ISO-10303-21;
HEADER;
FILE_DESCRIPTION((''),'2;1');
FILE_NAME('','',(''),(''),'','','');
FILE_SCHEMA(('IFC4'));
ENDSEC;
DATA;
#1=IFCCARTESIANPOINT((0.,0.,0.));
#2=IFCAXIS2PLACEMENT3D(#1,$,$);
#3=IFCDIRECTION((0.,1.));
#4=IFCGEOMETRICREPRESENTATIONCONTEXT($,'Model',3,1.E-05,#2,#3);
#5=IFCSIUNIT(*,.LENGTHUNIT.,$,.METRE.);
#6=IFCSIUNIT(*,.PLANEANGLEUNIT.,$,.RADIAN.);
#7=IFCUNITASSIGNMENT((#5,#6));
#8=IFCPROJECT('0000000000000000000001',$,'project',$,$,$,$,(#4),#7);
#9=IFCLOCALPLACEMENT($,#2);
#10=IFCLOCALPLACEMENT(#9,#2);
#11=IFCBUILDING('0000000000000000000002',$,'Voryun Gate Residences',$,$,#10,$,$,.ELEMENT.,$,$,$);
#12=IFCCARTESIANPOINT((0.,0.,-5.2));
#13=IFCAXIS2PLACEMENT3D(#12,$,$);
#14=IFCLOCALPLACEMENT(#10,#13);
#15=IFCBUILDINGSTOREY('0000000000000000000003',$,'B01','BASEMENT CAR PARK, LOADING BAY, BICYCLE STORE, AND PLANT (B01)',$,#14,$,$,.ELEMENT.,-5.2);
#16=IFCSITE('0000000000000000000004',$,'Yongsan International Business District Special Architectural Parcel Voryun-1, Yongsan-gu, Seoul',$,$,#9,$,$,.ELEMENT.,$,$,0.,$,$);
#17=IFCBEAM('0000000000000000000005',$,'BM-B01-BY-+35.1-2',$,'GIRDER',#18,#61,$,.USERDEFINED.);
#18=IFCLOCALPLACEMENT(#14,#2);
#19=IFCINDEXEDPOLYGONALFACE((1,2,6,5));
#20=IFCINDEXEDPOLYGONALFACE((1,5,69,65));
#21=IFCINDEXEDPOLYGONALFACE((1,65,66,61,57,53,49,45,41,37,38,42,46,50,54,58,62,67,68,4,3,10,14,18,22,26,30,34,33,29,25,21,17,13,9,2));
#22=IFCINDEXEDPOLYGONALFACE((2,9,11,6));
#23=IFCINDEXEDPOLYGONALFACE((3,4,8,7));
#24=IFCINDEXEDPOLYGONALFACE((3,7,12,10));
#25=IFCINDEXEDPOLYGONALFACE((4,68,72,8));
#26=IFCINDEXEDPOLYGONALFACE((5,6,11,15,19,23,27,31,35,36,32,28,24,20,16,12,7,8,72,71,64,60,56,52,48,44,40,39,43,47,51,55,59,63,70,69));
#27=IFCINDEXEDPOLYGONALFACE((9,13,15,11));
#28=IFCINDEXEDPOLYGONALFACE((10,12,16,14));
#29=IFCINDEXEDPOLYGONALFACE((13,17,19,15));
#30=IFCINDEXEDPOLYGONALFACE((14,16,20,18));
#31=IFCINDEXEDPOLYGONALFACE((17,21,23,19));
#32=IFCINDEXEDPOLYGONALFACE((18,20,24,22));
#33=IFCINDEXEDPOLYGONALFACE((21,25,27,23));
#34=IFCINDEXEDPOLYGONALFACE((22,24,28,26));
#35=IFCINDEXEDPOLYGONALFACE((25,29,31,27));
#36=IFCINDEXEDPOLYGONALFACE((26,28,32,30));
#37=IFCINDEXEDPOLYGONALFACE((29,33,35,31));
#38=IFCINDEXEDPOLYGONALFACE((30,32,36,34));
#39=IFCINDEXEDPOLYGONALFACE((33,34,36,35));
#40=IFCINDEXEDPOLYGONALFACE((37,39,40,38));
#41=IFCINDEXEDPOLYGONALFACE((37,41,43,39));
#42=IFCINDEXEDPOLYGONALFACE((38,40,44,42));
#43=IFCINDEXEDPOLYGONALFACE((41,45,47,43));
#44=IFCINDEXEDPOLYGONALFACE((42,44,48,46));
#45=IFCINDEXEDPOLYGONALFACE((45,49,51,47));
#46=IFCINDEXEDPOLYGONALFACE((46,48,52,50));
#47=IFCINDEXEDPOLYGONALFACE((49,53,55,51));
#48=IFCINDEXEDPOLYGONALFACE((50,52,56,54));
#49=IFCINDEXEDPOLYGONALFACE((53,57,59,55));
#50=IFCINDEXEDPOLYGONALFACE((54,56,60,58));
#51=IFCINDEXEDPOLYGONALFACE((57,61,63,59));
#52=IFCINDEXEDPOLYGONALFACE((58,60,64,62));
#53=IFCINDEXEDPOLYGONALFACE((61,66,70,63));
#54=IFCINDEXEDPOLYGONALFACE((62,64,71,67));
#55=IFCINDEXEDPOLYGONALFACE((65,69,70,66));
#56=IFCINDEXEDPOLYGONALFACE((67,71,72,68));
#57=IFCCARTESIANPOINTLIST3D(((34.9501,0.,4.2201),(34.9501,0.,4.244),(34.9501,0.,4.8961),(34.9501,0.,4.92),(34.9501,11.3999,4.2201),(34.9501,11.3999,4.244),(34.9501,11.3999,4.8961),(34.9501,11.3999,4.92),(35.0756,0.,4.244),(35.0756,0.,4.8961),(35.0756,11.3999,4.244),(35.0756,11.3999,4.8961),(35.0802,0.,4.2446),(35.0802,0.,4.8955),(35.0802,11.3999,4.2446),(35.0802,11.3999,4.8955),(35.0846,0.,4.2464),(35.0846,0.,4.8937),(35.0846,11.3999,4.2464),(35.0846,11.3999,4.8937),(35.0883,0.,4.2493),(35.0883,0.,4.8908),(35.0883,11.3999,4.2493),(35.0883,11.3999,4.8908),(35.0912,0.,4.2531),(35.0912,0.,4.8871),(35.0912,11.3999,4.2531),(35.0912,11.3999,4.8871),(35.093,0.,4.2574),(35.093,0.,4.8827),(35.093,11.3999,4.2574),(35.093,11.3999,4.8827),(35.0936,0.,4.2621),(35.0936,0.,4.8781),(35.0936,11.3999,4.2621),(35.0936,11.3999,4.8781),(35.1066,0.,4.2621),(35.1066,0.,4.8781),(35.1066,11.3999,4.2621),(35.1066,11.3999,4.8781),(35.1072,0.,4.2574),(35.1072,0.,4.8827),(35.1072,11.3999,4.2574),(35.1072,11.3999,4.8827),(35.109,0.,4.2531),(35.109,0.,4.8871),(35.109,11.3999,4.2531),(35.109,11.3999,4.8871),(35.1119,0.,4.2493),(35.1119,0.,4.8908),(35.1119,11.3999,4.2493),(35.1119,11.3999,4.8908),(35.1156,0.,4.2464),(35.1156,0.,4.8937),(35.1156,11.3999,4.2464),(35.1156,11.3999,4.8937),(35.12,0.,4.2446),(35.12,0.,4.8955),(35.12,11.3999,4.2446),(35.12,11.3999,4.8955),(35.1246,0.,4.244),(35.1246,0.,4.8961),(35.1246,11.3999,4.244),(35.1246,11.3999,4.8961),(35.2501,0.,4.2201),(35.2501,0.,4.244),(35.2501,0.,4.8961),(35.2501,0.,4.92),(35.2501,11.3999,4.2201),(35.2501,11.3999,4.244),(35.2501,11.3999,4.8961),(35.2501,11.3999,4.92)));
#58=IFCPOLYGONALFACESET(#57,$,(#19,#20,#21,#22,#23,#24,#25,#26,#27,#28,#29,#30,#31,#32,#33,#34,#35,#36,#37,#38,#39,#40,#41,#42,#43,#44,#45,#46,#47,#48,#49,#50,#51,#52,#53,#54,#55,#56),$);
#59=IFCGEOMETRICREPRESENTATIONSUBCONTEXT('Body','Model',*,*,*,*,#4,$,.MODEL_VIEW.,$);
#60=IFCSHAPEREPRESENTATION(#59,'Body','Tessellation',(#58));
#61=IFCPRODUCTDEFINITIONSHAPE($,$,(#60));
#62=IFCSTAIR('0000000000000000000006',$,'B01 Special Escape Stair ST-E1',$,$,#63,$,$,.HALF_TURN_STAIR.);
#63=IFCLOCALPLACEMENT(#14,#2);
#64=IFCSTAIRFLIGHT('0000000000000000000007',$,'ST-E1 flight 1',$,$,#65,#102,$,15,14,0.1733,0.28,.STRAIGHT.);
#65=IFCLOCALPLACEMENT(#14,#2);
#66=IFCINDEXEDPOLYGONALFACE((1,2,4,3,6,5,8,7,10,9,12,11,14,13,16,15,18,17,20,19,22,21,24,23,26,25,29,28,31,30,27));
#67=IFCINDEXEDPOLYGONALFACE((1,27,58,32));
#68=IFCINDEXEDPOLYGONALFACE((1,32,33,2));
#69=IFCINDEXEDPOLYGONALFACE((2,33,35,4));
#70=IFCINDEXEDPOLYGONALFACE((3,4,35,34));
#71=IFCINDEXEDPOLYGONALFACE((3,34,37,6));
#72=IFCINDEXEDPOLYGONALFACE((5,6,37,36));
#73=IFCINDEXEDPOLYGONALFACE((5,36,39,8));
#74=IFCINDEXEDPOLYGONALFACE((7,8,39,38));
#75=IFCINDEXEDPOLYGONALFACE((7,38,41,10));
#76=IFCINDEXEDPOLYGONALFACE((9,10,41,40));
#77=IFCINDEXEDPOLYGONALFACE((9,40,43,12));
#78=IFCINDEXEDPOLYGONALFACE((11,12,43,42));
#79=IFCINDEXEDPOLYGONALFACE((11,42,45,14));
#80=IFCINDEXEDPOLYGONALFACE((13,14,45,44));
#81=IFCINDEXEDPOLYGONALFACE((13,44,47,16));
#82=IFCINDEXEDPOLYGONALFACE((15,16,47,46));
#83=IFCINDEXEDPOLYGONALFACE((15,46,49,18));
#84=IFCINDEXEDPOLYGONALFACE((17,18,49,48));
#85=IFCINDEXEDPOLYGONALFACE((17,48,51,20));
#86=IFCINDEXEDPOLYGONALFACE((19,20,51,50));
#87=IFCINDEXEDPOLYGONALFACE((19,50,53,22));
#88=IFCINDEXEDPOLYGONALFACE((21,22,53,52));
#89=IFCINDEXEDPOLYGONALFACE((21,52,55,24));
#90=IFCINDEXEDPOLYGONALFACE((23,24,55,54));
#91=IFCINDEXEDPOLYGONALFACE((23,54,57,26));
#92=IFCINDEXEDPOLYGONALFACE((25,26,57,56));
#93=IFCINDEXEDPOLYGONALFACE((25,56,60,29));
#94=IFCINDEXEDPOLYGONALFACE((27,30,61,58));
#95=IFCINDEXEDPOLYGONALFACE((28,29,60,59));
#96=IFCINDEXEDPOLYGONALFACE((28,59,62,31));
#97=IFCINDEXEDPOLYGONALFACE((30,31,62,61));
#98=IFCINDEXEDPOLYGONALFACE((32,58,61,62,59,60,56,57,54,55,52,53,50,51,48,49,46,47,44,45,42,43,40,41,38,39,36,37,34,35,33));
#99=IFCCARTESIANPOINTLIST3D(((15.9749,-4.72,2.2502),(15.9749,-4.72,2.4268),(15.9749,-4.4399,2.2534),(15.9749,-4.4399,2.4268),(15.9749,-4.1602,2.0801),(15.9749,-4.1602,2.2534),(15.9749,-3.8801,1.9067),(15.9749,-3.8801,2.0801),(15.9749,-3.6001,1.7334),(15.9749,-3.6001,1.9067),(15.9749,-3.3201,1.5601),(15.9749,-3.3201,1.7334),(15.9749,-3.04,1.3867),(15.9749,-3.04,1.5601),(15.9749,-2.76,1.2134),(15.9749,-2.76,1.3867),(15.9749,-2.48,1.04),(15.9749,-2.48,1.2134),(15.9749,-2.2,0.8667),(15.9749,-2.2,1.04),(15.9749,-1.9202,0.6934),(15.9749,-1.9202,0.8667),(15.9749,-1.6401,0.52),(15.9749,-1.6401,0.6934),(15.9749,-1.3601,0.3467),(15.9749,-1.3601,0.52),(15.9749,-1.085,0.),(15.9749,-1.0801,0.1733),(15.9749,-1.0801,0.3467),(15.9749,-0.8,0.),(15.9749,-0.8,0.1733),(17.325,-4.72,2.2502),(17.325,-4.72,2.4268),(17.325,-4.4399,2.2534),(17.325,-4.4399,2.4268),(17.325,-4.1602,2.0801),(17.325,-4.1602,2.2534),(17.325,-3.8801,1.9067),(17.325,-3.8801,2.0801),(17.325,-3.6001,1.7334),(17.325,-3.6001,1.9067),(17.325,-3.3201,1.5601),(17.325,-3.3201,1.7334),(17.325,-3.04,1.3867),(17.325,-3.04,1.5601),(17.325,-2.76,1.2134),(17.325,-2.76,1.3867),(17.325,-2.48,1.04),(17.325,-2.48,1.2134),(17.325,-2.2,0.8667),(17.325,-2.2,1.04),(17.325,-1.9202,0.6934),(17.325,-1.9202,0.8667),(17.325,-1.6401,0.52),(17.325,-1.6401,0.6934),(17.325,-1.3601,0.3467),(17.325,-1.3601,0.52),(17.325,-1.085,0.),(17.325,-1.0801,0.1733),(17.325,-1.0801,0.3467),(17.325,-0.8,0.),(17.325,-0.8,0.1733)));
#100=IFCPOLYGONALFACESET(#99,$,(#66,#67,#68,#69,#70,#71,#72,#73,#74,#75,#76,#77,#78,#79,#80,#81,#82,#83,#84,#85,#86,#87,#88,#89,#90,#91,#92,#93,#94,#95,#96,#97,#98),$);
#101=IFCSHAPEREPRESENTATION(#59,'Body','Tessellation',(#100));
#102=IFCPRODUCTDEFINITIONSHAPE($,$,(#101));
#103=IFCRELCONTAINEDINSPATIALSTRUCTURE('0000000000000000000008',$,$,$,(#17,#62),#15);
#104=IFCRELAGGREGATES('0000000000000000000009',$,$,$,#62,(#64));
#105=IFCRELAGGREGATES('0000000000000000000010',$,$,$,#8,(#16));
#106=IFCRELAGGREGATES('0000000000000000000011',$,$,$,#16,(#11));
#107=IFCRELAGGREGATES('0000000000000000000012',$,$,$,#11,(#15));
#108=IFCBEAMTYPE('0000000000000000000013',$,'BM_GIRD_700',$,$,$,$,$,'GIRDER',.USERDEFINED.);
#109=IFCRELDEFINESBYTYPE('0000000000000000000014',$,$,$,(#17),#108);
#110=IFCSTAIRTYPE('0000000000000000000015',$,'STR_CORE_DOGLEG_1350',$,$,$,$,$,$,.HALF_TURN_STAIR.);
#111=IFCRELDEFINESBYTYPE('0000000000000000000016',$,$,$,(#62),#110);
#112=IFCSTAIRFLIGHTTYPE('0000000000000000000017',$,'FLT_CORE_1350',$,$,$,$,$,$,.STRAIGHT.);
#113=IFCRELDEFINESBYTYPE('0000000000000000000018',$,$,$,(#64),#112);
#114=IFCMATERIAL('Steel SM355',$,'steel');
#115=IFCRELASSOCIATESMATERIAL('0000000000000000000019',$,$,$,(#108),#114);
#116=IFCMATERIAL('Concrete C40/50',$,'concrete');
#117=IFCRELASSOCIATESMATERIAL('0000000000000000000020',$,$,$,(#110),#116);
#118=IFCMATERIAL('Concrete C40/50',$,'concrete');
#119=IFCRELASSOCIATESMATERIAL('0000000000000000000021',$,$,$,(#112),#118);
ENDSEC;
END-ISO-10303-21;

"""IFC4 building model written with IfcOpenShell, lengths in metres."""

from ifc_helpers import new_model, si_unit, direction, frame, origin, origin_2d, place, context, subcontext, project, spatial, polyline, i_section, outline, extrude, material, material_profile, profile_set, type_object, element, aggregate, save


model = new_model("IFC4")

# Units and contexts
model_context = context("Model", 3, precision=1e-05, world=origin(), true_north=direction((0.0, 1.0)))
body_context = subcontext(model_context, "Body", "Model", "MODEL_VIEW")
ifc_project = project(units=[si_unit("LENGTHUNIT", "METRE"), si_unit("PLANEANGLEUNIT", "RADIAN")], contexts=[model_context])

# Site, building, storey
site_placement = place(None, origin())
site = spatial("IfcSite", under=ifc_project, at=site_placement, Name="Yongsan International Business District Special Architectural Parcel Voryun-1, Yongsan-gu, Seoul", CompositionType="ELEMENT", RefElevation=0.0)
building_placement = place(site_placement, origin())
building = spatial("IfcBuilding", under=site, at=building_placement, Name="Voryun Gate Residences", CompositionType="ELEMENT")
storey_placement = place(building_placement, frame((0.0, 0.0, -5.2)))
storey = spatial("IfcBuildingStorey", under=building, at=storey_placement, Name="B01", Description="BASEMENT CAR PARK, LOADING BAY, BICYCLE STORE, AND PLANT (B01)", CompositionType="ELEMENT", Elevation=-5.2)

# Beam
ifc_material_1 = material(Name="Steel SM355", Category="steel")
ifc_material_profile_1 = material_profile(ifc_material_1, i_section(OverallWidth=0.3, OverallDepth=0.7, WebThickness=0.0129, FlangeThickness=0.0239, FilletRadius=0.0181, at=origin_2d()), Name="H-700x300x13x24")
ifc_profile_set_1 = profile_set([ifc_material_profile_1], Name="Steel SM355")
beam_type_1 = type_object("IfcBeamType", Name="BM_GIRD_700", ElementType="GIRDER", PredefinedType="USERDEFINED", material=ifc_profile_set_1)
for number, where, z_axis, x_axis, name in (
    (1, (35.1001, 0.0, 4.5701), (0.0, 1.0, 0.0), (-1.0, 0.0, 0.0), "BM-B01-BY-+35.1-2"),
):
    element("IfcBeam", number, at=place(storey_placement, frame(where, z_axis=z_axis, x_axis=x_axis)), inside=storey, type_object=beam_type_1, Name=name, ObjectType="GIRDER", PredefinedType="USERDEFINED", context=body_context, shape_type="SweptSolid", body=[
        extrude(i_section(OverallWidth=0.3, OverallDepth=0.7, WebThickness=0.0129, FlangeThickness=0.0239, FilletRadius=0.0181, at=origin_2d()), origin(), (0.0, 0.0, 1.0), 11.3999),
    ])

# Stair, stair flight
ifc_material_2 = material(Name="Concrete C40/50", Category="concrete")
stair_type = type_object("IfcStairType", Name="STR_CORE_DOGLEG_1350", PredefinedType="HALF_TURN_STAIR", material=ifc_material_2)
stair_placement = place(storey_placement, origin())
stair = element("IfcStair", 2, at=stair_placement, inside=storey, type_object=stair_type, Name="B01 Special Escape Stair ST-E1", PredefinedType="HALF_TURN_STAIR")
ifc_material_3 = material(Name="Concrete C40/50", Category="concrete")
stair_flight_type = type_object("IfcStairFlightType", Name="FLT_CORE_1350", PredefinedType="STRAIGHT", material=ifc_material_3)
stair_flight_placement = place(storey_placement, frame((16.6499, -0.8, 0.0), z_axis=(0.0, 0.0, 1.0), x_axis=(0.0, -1.0, 0.0)))
stair_flight = element("IfcStairFlight", 3, at=stair_flight_placement, type_object=stair_flight_type, Name="ST-E1 flight 1", NumberOfRisers=15, NumberOfTreads=14, PredefinedType="STRAIGHT", RiserHeight=0.1733, TreadLength=0.28, context=body_context, shape_type="SweptSolid", body=[
    extrude(outline(polyline([(0.0, 0.0), (0.0, 0.1733), (0.28, 0.1733), (0.28, 0.3467), (0.5601, 0.3467), (0.5601, 0.52), (0.8401, 0.52), (0.8401, 0.6934), (1.1201, 0.6934), (1.1201, 0.8667), (1.3999, 0.8667), (1.3999, 1.04), (1.6799, 1.04), (1.6799, 1.2134), (1.96, 1.2134), (1.96, 1.3867), (2.24, 1.3867), (2.24, 1.5601), (2.52, 1.5601), (2.52, 1.7334), (2.8, 1.7334), (2.8, 1.9067), (3.0801, 1.9067), (3.0801, 2.0801), (3.3601, 2.0801), (3.3601, 2.2534), (3.6399, 2.2534), (3.6399, 2.4268), (3.9199, 2.4268), (3.9199, 2.6001), (3.9199, 2.2502), (0.2849, 0.0), (0.0, 0.0)])), frame((0.0, 0.675, 0.0), z_axis=(0.0, -1.0, 0.0), x_axis=(1.0, 0.0, 0.0)), (0.0, 0.0, 1.0), 1.3501),
])
aggregate(stair, [stair_flight])

save(model, "model.ifc")
